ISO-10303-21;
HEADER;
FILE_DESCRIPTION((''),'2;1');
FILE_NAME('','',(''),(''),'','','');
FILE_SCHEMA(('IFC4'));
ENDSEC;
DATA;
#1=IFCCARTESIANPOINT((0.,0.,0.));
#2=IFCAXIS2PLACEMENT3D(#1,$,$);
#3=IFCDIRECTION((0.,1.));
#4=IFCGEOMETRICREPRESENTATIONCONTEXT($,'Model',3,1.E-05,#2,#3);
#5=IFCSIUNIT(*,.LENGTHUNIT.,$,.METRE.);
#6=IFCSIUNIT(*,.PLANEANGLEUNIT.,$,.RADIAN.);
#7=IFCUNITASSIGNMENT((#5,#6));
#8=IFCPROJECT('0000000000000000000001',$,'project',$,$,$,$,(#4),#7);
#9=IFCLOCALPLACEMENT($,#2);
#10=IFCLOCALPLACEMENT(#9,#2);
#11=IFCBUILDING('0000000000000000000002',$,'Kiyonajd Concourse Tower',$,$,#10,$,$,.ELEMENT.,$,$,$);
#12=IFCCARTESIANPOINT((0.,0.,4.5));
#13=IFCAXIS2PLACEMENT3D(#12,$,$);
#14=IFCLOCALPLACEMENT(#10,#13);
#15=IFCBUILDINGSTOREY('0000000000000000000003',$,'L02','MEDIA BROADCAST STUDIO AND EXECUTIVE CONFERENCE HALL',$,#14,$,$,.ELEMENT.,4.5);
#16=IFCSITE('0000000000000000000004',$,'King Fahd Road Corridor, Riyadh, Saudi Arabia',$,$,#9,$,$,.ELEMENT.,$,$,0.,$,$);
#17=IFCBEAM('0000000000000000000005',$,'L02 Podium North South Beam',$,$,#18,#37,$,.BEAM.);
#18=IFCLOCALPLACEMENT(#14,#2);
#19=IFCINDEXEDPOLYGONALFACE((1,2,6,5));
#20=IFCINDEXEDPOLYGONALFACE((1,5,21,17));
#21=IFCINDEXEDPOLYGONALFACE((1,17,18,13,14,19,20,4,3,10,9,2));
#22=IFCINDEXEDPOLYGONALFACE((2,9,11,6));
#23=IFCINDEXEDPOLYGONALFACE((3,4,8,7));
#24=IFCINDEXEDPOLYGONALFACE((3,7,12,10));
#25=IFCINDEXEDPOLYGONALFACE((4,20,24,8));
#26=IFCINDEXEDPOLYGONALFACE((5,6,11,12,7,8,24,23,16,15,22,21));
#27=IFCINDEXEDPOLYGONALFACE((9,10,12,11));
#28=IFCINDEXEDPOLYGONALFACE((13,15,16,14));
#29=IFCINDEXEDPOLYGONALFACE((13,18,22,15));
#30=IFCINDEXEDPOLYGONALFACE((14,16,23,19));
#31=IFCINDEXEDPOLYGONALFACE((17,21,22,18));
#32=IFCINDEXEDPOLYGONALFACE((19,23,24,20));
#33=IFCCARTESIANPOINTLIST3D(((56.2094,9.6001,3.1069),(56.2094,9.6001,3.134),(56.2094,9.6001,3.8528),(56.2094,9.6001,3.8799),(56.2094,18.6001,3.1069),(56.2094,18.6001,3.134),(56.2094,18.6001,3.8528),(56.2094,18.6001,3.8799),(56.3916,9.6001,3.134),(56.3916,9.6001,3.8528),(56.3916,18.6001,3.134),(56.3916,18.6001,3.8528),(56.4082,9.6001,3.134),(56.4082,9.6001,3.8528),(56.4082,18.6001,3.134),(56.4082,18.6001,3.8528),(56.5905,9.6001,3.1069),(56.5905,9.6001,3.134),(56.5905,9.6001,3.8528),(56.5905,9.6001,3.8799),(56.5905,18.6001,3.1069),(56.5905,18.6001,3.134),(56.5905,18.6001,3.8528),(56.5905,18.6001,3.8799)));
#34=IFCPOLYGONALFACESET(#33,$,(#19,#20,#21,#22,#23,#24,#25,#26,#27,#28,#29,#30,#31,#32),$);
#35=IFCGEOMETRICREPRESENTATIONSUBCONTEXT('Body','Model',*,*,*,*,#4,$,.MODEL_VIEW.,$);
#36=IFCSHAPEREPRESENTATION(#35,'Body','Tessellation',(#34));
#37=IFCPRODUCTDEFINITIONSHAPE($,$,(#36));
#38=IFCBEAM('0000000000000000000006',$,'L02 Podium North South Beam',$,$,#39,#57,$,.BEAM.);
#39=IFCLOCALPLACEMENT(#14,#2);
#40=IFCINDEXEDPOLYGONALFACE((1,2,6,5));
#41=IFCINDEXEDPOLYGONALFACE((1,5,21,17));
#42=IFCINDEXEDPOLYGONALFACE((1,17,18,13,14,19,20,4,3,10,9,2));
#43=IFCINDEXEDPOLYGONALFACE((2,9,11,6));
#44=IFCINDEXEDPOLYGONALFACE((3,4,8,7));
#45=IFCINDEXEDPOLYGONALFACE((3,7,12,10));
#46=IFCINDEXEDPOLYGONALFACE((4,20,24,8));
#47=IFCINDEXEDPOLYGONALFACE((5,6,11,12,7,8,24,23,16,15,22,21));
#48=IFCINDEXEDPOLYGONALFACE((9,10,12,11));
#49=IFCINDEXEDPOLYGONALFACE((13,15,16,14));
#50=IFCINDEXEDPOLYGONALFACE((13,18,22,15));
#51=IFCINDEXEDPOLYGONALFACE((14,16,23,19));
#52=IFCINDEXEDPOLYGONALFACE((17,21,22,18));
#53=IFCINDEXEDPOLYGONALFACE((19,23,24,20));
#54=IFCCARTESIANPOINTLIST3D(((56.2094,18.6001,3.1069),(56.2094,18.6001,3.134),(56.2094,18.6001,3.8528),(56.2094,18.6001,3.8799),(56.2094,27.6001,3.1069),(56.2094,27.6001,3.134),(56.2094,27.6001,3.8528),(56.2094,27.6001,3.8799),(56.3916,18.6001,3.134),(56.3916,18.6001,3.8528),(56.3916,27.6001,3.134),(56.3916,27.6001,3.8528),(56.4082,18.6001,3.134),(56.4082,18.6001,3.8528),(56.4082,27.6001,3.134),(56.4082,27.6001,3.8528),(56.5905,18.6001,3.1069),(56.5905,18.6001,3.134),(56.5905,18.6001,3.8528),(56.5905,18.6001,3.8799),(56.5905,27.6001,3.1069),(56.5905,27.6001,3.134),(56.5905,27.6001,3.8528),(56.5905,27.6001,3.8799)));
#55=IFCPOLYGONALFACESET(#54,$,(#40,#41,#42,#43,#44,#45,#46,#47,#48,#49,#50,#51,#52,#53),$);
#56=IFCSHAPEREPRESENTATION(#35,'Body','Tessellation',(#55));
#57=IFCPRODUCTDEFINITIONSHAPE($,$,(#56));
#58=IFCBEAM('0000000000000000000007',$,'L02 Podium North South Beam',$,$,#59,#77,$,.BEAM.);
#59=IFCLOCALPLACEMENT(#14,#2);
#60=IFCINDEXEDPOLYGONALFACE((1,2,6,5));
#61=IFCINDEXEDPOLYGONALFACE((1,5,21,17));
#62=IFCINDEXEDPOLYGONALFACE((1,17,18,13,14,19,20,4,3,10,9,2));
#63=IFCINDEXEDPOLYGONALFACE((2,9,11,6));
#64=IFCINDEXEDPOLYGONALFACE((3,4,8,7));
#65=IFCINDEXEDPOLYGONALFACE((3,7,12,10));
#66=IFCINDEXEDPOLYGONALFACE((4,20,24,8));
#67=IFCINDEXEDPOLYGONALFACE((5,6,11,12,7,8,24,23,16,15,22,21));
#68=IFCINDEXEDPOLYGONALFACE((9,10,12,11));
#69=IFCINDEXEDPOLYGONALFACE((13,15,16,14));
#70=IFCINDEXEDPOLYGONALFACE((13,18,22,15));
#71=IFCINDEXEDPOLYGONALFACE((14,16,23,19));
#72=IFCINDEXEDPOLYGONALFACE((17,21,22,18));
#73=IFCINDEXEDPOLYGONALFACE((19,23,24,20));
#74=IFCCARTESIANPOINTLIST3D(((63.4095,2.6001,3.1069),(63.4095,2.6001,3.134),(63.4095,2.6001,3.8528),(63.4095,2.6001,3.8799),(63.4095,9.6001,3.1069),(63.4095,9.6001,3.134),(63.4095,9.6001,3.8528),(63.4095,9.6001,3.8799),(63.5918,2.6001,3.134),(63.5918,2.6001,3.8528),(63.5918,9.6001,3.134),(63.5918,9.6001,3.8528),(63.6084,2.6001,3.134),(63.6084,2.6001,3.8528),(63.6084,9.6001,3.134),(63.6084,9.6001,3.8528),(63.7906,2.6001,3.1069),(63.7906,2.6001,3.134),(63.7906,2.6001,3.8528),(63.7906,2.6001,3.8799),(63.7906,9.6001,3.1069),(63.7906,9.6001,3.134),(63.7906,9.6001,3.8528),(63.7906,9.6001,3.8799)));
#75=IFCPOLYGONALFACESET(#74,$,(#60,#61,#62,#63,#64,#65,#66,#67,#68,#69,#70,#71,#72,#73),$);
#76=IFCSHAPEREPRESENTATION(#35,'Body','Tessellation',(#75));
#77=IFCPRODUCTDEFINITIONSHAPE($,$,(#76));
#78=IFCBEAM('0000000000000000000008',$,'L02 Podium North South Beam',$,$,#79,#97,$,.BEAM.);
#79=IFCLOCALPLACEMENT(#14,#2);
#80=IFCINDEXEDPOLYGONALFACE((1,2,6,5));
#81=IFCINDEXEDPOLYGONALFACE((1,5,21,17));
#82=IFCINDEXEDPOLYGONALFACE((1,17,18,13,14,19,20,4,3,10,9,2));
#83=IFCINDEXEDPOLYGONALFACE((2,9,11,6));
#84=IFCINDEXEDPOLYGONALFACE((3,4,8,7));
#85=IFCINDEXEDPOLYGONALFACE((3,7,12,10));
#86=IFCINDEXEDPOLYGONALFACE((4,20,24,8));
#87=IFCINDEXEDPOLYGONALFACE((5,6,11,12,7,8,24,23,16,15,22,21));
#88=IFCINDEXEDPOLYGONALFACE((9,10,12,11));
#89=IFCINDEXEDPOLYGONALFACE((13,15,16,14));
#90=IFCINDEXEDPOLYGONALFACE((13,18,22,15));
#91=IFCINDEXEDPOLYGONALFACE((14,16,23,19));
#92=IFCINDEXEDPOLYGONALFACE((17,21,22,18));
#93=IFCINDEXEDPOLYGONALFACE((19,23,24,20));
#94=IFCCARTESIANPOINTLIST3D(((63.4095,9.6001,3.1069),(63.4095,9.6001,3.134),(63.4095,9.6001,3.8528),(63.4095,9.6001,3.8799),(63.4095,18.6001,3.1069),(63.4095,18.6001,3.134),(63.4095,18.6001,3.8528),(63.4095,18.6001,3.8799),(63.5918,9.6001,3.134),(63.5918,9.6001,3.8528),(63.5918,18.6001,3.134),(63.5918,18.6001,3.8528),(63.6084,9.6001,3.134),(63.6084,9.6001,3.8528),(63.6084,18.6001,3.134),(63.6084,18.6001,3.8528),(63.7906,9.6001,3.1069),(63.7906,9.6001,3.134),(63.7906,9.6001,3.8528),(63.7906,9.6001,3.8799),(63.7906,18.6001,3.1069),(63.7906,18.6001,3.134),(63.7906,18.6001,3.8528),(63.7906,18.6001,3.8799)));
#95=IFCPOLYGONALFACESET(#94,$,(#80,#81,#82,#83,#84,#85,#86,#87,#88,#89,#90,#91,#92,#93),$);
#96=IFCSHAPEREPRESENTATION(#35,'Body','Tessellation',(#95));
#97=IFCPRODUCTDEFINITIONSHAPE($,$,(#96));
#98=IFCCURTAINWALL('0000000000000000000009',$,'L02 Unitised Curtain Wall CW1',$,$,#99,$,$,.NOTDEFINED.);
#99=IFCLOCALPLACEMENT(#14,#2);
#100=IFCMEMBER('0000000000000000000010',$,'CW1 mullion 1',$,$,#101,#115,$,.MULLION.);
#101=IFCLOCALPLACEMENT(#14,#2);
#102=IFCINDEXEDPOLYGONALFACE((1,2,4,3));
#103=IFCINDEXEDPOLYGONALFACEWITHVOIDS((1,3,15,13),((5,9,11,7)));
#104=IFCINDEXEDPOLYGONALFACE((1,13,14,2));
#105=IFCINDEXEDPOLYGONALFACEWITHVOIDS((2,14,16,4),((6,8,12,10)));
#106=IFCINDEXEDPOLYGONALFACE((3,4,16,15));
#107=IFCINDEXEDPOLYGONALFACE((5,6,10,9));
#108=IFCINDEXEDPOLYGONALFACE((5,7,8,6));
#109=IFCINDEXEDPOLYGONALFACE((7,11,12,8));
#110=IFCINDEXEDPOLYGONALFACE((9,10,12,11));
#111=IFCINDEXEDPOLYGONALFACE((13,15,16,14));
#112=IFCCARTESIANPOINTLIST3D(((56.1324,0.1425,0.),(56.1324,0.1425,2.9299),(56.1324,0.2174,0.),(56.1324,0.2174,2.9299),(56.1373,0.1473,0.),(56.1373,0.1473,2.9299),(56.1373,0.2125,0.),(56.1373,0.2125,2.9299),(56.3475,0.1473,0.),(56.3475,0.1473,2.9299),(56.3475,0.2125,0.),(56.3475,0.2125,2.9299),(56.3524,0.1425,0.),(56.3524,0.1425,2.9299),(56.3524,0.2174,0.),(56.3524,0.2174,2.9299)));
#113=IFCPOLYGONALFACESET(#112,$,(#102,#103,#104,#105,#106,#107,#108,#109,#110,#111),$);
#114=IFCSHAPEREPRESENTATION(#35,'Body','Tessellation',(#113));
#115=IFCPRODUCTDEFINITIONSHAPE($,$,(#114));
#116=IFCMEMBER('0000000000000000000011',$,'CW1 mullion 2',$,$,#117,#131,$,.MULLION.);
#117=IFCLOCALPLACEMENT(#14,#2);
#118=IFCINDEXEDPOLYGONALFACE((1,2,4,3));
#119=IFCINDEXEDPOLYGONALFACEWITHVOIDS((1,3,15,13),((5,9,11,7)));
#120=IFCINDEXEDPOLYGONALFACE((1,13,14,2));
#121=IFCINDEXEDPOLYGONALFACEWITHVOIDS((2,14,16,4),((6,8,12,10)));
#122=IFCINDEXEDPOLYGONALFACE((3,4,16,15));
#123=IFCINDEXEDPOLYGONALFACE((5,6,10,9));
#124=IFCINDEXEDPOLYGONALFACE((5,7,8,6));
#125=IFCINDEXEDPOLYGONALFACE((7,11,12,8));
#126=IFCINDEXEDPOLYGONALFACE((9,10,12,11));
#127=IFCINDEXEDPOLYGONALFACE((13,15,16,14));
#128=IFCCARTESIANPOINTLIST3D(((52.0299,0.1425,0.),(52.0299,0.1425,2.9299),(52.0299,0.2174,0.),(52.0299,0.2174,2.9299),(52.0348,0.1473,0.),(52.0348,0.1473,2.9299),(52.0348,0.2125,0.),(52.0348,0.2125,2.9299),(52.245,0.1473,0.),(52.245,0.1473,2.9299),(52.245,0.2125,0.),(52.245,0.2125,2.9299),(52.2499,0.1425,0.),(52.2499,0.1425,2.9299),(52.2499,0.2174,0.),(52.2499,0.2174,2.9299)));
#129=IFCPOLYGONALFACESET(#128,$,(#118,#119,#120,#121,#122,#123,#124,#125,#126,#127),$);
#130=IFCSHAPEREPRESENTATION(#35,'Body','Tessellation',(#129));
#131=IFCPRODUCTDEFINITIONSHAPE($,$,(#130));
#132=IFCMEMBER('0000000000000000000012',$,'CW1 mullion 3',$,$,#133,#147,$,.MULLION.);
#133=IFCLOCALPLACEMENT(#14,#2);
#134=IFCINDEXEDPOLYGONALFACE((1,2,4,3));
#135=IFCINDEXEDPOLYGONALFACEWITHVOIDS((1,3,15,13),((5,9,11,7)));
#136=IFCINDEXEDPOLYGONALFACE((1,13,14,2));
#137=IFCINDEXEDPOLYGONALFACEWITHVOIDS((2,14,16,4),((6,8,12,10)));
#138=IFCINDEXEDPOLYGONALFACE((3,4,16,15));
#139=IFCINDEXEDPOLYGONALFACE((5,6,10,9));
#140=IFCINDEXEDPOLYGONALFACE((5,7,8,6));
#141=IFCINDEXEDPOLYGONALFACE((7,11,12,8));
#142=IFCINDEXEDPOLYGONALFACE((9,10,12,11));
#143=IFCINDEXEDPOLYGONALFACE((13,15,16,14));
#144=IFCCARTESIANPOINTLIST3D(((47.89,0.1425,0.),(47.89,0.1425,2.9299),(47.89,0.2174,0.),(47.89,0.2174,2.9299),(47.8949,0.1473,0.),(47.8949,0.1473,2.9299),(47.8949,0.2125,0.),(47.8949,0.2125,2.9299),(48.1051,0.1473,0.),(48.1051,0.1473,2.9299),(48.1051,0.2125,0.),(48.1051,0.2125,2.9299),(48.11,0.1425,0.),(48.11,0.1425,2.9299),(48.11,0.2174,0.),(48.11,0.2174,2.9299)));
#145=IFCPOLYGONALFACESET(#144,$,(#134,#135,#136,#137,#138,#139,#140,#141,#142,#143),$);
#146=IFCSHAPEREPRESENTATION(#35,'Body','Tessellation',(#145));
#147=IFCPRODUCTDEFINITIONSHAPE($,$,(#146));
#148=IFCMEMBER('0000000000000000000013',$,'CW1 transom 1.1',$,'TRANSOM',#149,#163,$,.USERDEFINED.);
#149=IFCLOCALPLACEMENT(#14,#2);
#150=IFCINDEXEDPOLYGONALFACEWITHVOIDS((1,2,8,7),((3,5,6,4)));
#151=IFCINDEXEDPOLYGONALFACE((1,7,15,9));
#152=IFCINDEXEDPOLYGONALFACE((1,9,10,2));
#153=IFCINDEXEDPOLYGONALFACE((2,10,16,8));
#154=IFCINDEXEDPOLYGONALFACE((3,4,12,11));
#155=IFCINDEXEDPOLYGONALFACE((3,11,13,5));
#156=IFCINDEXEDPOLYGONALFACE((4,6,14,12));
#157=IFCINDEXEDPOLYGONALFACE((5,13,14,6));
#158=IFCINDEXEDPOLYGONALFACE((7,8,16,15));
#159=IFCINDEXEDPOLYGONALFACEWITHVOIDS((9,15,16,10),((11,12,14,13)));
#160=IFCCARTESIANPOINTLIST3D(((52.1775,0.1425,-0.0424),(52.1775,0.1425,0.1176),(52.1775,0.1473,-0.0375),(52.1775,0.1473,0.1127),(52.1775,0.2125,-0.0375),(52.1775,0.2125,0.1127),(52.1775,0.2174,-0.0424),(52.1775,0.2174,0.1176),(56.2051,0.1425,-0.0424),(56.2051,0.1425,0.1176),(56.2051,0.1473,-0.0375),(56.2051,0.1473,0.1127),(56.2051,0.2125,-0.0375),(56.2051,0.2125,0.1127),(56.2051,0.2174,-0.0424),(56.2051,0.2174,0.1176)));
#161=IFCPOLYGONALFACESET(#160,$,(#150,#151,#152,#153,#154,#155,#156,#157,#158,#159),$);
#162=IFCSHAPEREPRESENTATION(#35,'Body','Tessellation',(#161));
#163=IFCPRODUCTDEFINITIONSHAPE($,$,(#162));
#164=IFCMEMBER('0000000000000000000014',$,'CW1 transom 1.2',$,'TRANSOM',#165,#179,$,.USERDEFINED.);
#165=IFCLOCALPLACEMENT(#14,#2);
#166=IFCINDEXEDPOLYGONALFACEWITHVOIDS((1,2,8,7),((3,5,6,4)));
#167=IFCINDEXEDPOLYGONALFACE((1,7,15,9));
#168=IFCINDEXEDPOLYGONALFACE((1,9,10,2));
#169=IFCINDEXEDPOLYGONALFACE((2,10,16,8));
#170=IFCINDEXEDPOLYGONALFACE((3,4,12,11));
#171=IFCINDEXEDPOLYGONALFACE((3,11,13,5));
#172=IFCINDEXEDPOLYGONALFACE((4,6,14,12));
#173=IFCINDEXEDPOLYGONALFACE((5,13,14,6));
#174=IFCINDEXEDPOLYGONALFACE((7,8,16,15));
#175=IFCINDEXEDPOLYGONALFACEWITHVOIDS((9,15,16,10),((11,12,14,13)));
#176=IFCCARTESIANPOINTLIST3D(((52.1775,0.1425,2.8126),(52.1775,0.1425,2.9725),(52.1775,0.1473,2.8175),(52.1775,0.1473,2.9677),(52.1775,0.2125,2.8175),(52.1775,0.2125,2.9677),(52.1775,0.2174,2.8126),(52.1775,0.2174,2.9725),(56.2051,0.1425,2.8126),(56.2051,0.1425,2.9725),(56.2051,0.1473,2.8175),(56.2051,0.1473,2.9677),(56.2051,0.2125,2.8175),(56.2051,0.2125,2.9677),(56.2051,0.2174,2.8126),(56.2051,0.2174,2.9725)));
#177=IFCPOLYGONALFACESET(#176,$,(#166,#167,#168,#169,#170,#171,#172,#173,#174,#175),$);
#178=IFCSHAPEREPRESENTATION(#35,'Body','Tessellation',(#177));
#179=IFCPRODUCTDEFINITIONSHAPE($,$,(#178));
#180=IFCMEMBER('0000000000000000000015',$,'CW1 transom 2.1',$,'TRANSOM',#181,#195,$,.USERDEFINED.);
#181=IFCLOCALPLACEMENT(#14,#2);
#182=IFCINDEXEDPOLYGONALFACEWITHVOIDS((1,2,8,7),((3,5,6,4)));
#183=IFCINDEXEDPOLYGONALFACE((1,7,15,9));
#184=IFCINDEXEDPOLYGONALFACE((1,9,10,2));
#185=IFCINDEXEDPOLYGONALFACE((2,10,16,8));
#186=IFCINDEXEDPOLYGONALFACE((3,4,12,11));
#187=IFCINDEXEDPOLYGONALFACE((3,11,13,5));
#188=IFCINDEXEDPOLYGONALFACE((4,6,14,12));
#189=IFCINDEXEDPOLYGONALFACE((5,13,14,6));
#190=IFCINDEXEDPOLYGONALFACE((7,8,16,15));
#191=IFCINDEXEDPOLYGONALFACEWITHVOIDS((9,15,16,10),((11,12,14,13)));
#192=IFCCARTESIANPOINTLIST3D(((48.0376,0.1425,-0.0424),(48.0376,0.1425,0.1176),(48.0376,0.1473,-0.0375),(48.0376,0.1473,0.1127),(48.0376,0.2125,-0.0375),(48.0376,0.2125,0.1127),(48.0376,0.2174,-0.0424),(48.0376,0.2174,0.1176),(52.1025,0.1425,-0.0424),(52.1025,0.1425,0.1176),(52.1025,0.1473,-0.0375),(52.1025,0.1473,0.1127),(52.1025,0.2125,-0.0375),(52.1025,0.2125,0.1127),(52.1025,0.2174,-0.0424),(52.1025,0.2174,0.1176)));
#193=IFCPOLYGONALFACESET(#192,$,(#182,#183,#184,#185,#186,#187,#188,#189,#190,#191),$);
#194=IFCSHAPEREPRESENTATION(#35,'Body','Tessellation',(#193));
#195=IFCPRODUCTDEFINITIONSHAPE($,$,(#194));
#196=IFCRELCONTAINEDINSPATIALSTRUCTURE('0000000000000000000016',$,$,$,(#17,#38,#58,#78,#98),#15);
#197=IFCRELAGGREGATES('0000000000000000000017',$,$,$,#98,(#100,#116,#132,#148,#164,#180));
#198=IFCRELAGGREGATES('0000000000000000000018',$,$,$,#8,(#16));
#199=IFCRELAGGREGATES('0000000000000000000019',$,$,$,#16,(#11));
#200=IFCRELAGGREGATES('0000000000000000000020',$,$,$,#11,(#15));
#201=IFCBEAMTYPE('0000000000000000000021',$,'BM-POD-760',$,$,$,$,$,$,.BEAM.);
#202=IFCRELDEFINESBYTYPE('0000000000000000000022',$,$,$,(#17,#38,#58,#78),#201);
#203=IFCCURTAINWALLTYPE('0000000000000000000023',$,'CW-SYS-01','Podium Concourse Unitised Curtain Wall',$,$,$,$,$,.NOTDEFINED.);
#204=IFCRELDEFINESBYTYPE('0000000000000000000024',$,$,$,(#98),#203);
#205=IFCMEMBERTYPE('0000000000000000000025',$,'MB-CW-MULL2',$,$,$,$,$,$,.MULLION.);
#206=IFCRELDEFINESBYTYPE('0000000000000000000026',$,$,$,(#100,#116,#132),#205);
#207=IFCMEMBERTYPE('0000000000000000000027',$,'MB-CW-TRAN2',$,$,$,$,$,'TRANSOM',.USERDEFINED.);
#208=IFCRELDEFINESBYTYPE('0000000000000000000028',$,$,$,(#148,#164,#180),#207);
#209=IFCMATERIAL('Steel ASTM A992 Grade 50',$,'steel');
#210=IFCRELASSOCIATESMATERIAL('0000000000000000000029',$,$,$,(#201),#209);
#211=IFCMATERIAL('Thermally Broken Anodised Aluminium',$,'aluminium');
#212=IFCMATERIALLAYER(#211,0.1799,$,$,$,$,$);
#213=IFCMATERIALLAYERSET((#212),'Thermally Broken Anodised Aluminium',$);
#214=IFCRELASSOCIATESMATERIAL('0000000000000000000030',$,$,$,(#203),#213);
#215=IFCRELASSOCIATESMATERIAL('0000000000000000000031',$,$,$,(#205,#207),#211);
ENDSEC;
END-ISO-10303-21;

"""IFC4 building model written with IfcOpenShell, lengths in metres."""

from ifc_helpers import new_model, si_unit, direction, frame, origin, origin_2d, place, context, subcontext, project, spatial, hollow_rectangle, i_section, extrude, material, layer, layer_set, material_profile, profile_set, type_object, element, aggregate, save


model = new_model("IFC4")

# Units and contexts
model_context = context("Model", 3, precision=1e-05, world=origin(), true_north=direction((0.0, 1.0)))
body_context = subcontext(model_context, "Body", "Model", "MODEL_VIEW")
ifc_project = project(units=[si_unit("LENGTHUNIT", "METRE"), si_unit("PLANEANGLEUNIT", "RADIAN")], contexts=[model_context])

# Site, building, storey
site_placement = place(None, origin())
site = spatial("IfcSite", under=ifc_project, at=site_placement, Name="King Fahd Road Corridor, Riyadh, Saudi Arabia", CompositionType="ELEMENT", RefElevation=0.0)
building_placement = place(site_placement, origin())
building = spatial("IfcBuilding", under=site, at=building_placement, Name="Kiyonajd Concourse Tower", CompositionType="ELEMENT")
storey_placement = place(building_placement, frame((0.0, 0.0, 4.5)))
storey = spatial("IfcBuildingStorey", under=building, at=storey_placement, Name="L02", Description="MEDIA BROADCAST STUDIO AND EXECUTIVE CONFERENCE HALL", CompositionType="ELEMENT", Elevation=4.5)

# Beams
ifc_material_1 = material(Name="Steel ASTM A992 Grade 50", Category="steel")
ifc_material_profile_1 = material_profile(ifc_material_1, i_section(OverallWidth=0.3811, OverallDepth=0.7729, WebThickness=0.0166, FlangeThickness=0.0271, at=origin_2d()), Name="W760X257")
ifc_profile_set_1 = profile_set([ifc_material_profile_1], Name="Steel ASTM A992 Grade 50")
beam_type = type_object("IfcBeamType", Name="BM-POD-760", PredefinedType="BEAM", material=ifc_profile_set_1)
for number, where, z_axis, x_axis, name in (
    (1, (56.3999, 9.6001, 3.4934), (0.0, 1.0, 0.0), (-1.0, 0.0, 0.0), "L02 Podium North South Beam"),
    (2, (56.3999, 18.6001, 3.4934), (0.0, 1.0, 0.0), (-1.0, 0.0, 0.0), "L02 Podium North South Beam"),
):
    element("IfcBeam", number, at=place(storey_placement, frame(where, z_axis=z_axis, x_axis=x_axis)), inside=storey, type_object=beam_type, Name=name, PredefinedType="BEAM", context=body_context, shape_type="SweptSolid", body=[
        extrude(i_section(OverallWidth=0.3811, OverallDepth=0.7729, WebThickness=0.0166, FlangeThickness=0.0271, at=origin_2d()), origin(), (0.0, 0.0, 1.0), 9.0),
    ])
beam_1_placement = place(storey_placement, frame((63.6001, 2.6001, 3.4934), z_axis=(0.0, 1.0, 0.0), x_axis=(-1.0, 0.0, 0.0)))
element("IfcBeam", 3, at=beam_1_placement, inside=storey, type_object=beam_type, Name="L02 Podium North South Beam", PredefinedType="BEAM", context=body_context, shape_type="SweptSolid", body=[
    extrude(i_section(OverallWidth=0.3811, OverallDepth=0.7729, WebThickness=0.0166, FlangeThickness=0.0271, at=origin_2d()), origin(), (0.0, 0.0, 1.0), 7.0),
])
beam_2_placement = place(storey_placement, frame((63.6001, 9.6001, 3.4934), z_axis=(0.0, 1.0, 0.0), x_axis=(-1.0, 0.0, 0.0)))
element("IfcBeam", 4, at=beam_2_placement, inside=storey, type_object=beam_type, Name="L02 Podium North South Beam", PredefinedType="BEAM", context=body_context, shape_type="SweptSolid", body=[
    extrude(i_section(OverallWidth=0.3811, OverallDepth=0.7729, WebThickness=0.0166, FlangeThickness=0.0271, at=origin_2d()), origin(), (0.0, 0.0, 1.0), 9.0),
])

# Curtain wall, members
ifc_material_2 = material(Name="Thermally Broken Anodised Aluminium", Category="aluminium")
ifc_layer_1 = layer(ifc_material_2, 0.1799)
ifc_layer_set_1 = layer_set([ifc_layer_1], Name="Thermally Broken Anodised Aluminium")
curtain_wall_type = type_object("IfcCurtainWallType", Name="CW-SYS-01", Description="Podium Concourse Unitised Curtain Wall", PredefinedType="NOTDEFINED", material=ifc_layer_set_1)
curtain_wall_placement = place(storey_placement, origin())
curtain_wall = element("IfcCurtainWall", 5, at=curtain_wall_placement, inside=storey, type_object=curtain_wall_type, Name="L02 Unitised Curtain Wall CW1", PredefinedType="NOTDEFINED")
ifc_material_profile_2 = material_profile(ifc_material_2, hollow_rectangle(XDim=0.075, YDim=0.22, WallThickness=0.0049, at=origin_2d()), Name="MULL-75x220")
ifc_profile_set_2 = profile_set([ifc_material_profile_2], Name="Thermally Broken Anodised Aluminium")
member_type_1 = type_object("IfcMemberType", Name="MB-CW-MULL2", PredefinedType="MULLION", material=ifc_profile_set_2)
member_1_placement = place(storey_placement, frame((56.2424, 0.1799, 0.0), z_axis=(0.0, 0.0, 1.0), x_axis=(0.0, -1.0, 0.0)))
member_1 = element("IfcMember", 6, at=member_1_placement, type_object=member_type_1, Name="CW1 mullion 1", PredefinedType="MULLION", context=body_context, shape_type="SweptSolid", body=[
    extrude(hollow_rectangle(XDim=0.075, YDim=0.22, WallThickness=0.0049, at=origin_2d()), origin(), (0.0, 0.0, 1.0), 2.9299),
])
member_2_placement = place(storey_placement, frame((52.1399, 0.1799, 0.0), z_axis=(0.0, 0.0, 1.0), x_axis=(0.0, -1.0, 0.0)))
member_2 = element("IfcMember", 7, at=member_2_placement, type_object=member_type_1, Name="CW1 mullion 2", PredefinedType="MULLION", context=body_context, shape_type="SweptSolid", body=[
    extrude(hollow_rectangle(XDim=0.075, YDim=0.22, WallThickness=0.0049, at=origin_2d()), origin(), (0.0, 0.0, 1.0), 2.9299),
])
member_3_placement = place(storey_placement, frame((48.0, 0.1799, 0.0), z_axis=(0.0, 0.0, 1.0), x_axis=(0.0, -1.0, 0.0)))
member_3 = element("IfcMember", 8, at=member_3_placement, type_object=member_type_1, Name="CW1 mullion 3", PredefinedType="MULLION", context=body_context, shape_type="SweptSolid", body=[
    extrude(hollow_rectangle(XDim=0.075, YDim=0.22, WallThickness=0.0049, at=origin_2d()), origin(), (0.0, 0.0, 1.0), 2.9299),
])
ifc_material_profile_3 = material_profile(ifc_material_2, hollow_rectangle(XDim=0.075, YDim=0.1599, WallThickness=0.0049, at=origin_2d()), Name="TRAN-75x160")
ifc_profile_set_3 = profile_set([ifc_material_profile_3], Name="Thermally Broken Anodised Aluminium")
member_type_2 = type_object("IfcMemberType", Name="MB-CW-TRAN2", ElementType="TRANSOM", PredefinedType="USERDEFINED", material=ifc_profile_set_3)
member_4_placement = place(storey_placement, frame((56.2051, 0.1799, 0.0376), z_axis=(-1.0, 0.0, 0.0), x_axis=(0.0, -1.0, 0.0)))
member_4 = element("IfcMember", 9, at=member_4_placement, type_object=member_type_2, Name="CW1 transom 1.1", ObjectType="TRANSOM", PredefinedType="USERDEFINED", context=body_context, shape_type="SweptSolid", body=[
    extrude(hollow_rectangle(XDim=0.075, YDim=0.1599, WallThickness=0.0049, at=origin_2d()), origin(), (0.0, 0.0, 1.0), 4.0276),
])
member_5_placement = place(storey_placement, frame((56.2051, 0.1799, 2.8926), z_axis=(-1.0, 0.0, 0.0), x_axis=(0.0, -1.0, 0.0)))
member_5 = element("IfcMember", 10, at=member_5_placement, type_object=member_type_2, Name="CW1 transom 1.2", ObjectType="TRANSOM", PredefinedType="USERDEFINED", context=body_context, shape_type="SweptSolid", body=[
    extrude(hollow_rectangle(XDim=0.075, YDim=0.1599, WallThickness=0.0049, at=origin_2d()), origin(), (0.0, 0.0, 1.0), 4.0276),
])
member_6_placement = place(storey_placement, frame((52.1025, 0.1799, 0.0376), z_axis=(-1.0, 0.0, 0.0), x_axis=(0.0, -1.0, 0.0)))
member_6 = element("IfcMember", 11, at=member_6_placement, type_object=member_type_2, Name="CW1 transom 2.1", ObjectType="TRANSOM", PredefinedType="USERDEFINED", context=body_context, shape_type="SweptSolid", body=[
    extrude(hollow_rectangle(XDim=0.075, YDim=0.1599, WallThickness=0.0049, at=origin_2d()), origin(), (0.0, 0.0, 1.0), 4.0649),
])
aggregate(curtain_wall, [member_1, member_2, member_3, member_4, member_5, member_6])

save(model, "model.ifc")
